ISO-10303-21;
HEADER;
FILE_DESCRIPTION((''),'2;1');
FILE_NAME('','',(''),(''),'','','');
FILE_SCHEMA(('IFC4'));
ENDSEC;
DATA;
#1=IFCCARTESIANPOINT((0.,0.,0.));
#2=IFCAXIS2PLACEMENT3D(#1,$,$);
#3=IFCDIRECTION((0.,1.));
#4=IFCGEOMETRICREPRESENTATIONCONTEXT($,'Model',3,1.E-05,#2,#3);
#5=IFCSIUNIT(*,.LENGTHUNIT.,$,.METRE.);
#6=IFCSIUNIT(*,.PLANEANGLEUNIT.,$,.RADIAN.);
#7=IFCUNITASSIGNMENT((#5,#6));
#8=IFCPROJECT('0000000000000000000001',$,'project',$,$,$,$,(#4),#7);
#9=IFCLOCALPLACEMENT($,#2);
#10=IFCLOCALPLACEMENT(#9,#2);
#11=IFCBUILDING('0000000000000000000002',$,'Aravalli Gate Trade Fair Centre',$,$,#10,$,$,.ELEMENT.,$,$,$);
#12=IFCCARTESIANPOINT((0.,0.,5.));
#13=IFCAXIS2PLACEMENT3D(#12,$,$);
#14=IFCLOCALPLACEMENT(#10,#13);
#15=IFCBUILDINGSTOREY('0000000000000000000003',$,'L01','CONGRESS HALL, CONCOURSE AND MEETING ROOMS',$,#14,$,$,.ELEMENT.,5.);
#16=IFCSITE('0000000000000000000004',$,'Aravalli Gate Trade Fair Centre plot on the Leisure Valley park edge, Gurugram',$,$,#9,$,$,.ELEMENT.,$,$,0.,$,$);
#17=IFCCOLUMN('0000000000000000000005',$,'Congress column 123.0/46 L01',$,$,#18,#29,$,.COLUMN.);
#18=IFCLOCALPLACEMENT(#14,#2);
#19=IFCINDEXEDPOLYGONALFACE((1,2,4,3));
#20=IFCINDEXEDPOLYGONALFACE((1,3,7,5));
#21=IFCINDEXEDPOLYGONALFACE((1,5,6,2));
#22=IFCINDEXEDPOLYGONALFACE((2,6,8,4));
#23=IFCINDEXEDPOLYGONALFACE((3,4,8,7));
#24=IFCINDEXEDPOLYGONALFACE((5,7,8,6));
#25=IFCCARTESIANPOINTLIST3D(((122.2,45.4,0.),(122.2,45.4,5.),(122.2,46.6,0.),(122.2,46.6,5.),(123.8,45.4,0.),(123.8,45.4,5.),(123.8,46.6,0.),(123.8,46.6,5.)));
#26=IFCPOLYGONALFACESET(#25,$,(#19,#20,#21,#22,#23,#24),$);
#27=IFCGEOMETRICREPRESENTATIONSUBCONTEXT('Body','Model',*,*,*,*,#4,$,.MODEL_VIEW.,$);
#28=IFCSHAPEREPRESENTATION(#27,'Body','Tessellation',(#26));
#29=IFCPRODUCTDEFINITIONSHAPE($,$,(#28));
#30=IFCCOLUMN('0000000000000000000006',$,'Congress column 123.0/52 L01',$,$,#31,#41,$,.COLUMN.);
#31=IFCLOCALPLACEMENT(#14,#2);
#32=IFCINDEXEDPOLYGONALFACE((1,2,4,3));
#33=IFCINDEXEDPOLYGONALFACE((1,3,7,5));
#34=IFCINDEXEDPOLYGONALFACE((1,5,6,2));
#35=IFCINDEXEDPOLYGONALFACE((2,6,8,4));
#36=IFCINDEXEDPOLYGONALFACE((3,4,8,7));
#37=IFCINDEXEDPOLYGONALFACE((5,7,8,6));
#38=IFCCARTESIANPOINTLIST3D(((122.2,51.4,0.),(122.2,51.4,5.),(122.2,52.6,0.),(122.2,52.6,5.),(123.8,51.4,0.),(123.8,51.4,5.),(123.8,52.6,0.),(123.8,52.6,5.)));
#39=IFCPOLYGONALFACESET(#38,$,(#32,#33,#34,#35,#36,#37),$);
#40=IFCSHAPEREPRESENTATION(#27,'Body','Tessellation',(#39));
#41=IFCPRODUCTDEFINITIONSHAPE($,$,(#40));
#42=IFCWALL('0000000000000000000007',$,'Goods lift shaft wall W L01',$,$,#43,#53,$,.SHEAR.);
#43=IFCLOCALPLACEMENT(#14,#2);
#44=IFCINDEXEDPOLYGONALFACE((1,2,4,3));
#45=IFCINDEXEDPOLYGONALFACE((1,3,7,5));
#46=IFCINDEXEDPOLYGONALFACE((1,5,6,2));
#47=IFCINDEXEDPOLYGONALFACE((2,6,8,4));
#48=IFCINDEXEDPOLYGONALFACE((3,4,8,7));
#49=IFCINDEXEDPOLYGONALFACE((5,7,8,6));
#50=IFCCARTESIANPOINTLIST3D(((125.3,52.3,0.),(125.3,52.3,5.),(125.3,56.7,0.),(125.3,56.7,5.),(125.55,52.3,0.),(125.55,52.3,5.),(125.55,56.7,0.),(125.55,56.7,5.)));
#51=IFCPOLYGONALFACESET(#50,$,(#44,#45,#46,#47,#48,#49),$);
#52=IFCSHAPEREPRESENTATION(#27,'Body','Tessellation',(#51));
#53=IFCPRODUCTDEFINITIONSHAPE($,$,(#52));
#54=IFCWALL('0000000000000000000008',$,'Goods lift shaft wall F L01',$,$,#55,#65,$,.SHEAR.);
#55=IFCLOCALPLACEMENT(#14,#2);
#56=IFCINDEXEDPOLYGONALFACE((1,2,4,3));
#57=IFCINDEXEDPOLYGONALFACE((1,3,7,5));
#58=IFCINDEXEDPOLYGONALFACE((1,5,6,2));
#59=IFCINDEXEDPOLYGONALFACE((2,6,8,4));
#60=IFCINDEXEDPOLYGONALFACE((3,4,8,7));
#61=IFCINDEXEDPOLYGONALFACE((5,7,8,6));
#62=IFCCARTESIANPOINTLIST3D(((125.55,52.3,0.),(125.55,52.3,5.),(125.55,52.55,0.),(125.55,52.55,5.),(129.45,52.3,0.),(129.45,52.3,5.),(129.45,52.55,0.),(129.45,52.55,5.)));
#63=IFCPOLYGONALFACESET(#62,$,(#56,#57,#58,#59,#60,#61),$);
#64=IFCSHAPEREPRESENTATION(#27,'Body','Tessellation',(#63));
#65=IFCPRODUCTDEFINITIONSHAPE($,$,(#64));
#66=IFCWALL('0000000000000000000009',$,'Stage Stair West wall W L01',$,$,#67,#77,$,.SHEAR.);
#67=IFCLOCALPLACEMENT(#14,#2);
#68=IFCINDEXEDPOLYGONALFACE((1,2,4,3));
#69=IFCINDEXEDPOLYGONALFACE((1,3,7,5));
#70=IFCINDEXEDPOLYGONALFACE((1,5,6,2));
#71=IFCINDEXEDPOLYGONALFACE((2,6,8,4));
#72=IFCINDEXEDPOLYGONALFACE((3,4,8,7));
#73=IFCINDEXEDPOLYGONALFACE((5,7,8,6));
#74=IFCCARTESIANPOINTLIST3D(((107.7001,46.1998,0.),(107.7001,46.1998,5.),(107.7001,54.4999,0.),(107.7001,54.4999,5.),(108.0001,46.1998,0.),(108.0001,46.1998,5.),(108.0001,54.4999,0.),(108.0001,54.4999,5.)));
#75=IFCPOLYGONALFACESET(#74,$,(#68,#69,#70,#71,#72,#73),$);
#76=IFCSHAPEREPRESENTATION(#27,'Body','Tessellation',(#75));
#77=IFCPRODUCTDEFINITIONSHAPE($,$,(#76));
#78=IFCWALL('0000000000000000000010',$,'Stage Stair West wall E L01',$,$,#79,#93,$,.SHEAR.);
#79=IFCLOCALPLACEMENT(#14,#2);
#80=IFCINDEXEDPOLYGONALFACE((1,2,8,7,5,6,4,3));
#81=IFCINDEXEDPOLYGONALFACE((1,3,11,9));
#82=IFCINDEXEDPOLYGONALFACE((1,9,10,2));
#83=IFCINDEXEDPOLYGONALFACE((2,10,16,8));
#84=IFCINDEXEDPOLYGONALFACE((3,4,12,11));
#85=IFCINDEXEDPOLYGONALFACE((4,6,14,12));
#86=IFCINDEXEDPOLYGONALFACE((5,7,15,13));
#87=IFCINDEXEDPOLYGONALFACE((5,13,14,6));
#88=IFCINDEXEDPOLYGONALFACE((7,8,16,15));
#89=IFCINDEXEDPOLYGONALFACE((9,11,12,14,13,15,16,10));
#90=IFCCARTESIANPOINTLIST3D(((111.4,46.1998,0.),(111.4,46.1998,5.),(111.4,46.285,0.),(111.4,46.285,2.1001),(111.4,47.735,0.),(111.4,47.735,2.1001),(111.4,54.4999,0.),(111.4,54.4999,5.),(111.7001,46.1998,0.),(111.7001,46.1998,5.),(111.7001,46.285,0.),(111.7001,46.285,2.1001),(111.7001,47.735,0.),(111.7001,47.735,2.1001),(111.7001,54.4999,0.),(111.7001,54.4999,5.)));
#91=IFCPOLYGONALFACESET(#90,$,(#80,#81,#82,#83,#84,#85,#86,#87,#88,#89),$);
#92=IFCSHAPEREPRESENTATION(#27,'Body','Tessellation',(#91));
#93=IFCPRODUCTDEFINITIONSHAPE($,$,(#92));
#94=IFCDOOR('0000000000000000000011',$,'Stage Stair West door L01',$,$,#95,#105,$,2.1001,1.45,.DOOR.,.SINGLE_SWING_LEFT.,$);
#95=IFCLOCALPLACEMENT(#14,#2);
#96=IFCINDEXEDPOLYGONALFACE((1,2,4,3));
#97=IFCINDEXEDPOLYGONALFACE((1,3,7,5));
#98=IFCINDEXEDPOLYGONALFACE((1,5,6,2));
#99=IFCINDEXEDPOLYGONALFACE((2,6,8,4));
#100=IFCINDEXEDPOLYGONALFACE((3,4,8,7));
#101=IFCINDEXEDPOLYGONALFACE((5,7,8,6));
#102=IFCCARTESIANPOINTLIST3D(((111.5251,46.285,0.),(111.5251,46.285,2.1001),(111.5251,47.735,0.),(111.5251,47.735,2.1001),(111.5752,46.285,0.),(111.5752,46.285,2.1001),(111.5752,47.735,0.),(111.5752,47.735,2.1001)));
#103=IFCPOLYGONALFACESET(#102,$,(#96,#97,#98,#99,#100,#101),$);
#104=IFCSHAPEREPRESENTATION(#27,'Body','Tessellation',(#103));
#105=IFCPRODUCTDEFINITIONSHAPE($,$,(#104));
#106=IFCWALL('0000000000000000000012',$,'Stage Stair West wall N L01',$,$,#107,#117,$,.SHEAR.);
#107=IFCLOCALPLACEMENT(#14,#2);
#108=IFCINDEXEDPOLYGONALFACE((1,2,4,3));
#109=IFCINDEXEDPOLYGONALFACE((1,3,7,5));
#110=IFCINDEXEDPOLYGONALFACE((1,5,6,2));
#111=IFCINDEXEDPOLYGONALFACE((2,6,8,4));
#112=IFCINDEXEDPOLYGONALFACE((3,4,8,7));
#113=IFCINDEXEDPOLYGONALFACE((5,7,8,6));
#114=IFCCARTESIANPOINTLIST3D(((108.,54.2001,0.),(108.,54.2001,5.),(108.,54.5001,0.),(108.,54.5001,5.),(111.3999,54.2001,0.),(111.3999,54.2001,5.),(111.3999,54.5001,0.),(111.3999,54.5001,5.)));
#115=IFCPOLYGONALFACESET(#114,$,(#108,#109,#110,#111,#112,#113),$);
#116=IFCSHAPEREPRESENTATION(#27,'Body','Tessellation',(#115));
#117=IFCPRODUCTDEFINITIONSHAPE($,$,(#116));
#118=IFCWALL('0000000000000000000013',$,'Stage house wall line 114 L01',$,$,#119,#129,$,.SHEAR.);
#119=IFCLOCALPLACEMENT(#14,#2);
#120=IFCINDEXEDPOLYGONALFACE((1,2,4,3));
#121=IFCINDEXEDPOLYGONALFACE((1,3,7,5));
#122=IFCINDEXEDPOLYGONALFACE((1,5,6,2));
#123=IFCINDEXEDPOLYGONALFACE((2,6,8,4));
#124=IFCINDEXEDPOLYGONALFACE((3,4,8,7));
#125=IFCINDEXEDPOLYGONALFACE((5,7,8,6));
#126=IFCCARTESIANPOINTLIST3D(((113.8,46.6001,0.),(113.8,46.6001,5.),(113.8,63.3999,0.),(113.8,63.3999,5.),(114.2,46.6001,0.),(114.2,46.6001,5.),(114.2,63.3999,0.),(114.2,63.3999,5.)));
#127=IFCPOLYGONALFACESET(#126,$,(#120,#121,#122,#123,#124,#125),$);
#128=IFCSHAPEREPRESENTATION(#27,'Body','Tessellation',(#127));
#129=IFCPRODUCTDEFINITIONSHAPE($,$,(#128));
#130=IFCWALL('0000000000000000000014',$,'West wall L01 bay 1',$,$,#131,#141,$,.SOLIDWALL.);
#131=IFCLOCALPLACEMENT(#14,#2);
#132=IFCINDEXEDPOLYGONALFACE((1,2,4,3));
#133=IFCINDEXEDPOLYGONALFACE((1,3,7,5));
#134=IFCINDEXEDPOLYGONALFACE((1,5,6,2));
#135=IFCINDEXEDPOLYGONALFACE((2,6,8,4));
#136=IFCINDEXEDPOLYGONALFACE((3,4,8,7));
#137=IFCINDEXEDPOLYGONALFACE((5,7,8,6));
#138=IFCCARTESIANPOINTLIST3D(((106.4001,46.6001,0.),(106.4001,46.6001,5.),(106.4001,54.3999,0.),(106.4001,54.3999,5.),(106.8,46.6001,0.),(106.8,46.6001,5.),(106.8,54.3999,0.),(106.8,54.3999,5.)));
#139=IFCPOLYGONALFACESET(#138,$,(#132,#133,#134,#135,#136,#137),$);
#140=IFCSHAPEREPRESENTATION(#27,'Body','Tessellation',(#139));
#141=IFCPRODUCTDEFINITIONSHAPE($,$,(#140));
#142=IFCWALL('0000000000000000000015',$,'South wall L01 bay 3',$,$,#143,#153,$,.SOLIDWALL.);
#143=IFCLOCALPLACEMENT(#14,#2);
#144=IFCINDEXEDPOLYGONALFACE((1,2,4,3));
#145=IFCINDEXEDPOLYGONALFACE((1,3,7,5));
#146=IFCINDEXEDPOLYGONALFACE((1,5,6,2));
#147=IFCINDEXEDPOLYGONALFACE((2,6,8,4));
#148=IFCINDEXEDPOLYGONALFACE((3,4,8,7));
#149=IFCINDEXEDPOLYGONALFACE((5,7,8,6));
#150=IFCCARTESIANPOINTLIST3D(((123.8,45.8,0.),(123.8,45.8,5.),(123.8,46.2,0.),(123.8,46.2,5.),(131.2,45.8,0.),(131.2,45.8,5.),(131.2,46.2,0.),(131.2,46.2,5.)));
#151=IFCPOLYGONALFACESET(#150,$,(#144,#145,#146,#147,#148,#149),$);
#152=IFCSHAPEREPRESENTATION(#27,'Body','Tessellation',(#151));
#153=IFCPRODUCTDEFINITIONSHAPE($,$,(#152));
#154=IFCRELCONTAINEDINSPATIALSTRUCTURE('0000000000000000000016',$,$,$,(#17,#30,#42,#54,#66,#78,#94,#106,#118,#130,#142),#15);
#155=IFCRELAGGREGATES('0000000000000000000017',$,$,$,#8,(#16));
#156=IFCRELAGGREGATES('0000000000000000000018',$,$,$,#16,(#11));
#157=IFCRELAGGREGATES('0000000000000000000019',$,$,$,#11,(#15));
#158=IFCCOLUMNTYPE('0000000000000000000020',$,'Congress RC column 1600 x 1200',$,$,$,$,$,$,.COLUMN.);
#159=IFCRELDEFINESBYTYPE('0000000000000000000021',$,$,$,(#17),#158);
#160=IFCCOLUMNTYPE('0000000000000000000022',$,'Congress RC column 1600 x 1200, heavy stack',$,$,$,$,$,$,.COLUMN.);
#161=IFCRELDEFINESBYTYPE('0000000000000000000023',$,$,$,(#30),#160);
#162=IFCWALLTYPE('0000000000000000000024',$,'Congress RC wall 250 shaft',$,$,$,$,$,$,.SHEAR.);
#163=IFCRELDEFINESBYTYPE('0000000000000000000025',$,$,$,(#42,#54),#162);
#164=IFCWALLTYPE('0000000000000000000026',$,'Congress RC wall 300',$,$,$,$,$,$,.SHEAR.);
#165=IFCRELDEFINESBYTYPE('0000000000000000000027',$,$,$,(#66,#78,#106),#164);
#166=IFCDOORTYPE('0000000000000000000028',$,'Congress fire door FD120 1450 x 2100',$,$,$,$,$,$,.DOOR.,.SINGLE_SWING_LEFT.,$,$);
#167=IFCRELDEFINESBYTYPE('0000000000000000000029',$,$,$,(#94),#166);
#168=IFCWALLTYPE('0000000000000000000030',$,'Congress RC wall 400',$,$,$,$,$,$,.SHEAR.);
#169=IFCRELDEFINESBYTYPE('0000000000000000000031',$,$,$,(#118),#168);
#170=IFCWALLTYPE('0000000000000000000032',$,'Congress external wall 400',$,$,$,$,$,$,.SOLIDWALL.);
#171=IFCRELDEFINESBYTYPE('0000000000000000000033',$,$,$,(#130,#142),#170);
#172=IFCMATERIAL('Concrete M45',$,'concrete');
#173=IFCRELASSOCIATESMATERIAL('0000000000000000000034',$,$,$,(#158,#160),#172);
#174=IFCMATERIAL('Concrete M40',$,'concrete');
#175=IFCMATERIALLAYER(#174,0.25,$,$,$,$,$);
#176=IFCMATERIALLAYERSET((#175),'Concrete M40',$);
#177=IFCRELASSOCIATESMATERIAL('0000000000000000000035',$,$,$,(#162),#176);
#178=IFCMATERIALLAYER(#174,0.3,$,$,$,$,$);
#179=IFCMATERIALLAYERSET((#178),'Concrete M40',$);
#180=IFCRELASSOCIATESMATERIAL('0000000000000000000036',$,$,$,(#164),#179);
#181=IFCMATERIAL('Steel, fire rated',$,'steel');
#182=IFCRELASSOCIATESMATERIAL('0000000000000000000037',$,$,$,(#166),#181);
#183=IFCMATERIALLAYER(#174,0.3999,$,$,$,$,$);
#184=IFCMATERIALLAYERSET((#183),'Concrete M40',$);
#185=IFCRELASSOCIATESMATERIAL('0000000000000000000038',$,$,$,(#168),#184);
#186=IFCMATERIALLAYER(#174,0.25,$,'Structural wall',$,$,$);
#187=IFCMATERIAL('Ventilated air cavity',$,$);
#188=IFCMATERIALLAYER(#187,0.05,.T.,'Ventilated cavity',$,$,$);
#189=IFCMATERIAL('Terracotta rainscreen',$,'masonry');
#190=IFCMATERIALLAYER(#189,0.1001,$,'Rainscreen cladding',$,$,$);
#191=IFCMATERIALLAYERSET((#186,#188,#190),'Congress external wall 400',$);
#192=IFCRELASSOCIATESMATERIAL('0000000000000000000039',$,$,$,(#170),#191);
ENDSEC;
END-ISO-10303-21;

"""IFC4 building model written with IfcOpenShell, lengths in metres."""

from ifc_helpers import new_model, si_unit, direction, frame, frame_2d, origin, origin_2d, place, context, subcontext, project, spatial, rectangle, extrude, material, layer, layer_set, material_profile, profile_set, type_object, element, fill, save


model = new_model("IFC4")

# Units and contexts
model_context = context("Model", 3, precision=1e-05, world=origin(), true_north=direction((0.0, 1.0)))
body_context = subcontext(model_context, "Body", "Model", "MODEL_VIEW")
ifc_project = project(units=[si_unit("LENGTHUNIT", "METRE"), si_unit("PLANEANGLEUNIT", "RADIAN")], contexts=[model_context])

# Site, building, storey
site_placement = place(None, origin())
site = spatial("IfcSite", under=ifc_project, at=site_placement, Name="Aravalli Gate Trade Fair Centre plot on the Leisure Valley park edge, Gurugram", CompositionType="ELEMENT", RefElevation=0.0)
building_placement = place(site_placement, origin())
building = spatial("IfcBuilding", under=site, at=building_placement, Name="Aravalli Gate Trade Fair Centre", CompositionType="ELEMENT")
storey_placement = place(building_placement, frame((0.0, 0.0, 5.0)))
storey = spatial("IfcBuildingStorey", under=building, at=storey_placement, Name="L01", Description="CONGRESS HALL, CONCOURSE AND MEETING ROOMS", CompositionType="ELEMENT", Elevation=5.0)

# Columns
ifc_material_1 = material(Name="Concrete M45", Category="concrete")
ifc_material_profile_1 = material_profile(ifc_material_1, rectangle(XDim=1.6001, YDim=1.2, at=origin_2d()), Name="RC 1600x1200")
ifc_profile_set_1 = profile_set([ifc_material_profile_1], Name="Concrete M45")
column_type_1 = type_object("IfcColumnType", Name="Congress RC column 1600 x 1200", PredefinedType="COLUMN", material=ifc_profile_set_1)
column_1_placement = place(storey_placement, frame((123.0, 46.0, 0.0), z_axis=(0.0, 0.0, 1.0), x_axis=(1.0, 0.0, 0.0)))
element("IfcColumn", 1, at=column_1_placement, inside=storey, type_object=column_type_1, Name="Congress column 123.0/46 L01", PredefinedType="COLUMN", context=body_context, shape_type="SweptSolid", body=[
    extrude(rectangle(XDim=1.6001, YDim=1.2, at=origin_2d()), origin(), (0.0, 0.0, 1.0), 5.0),
])
ifc_material_profile_2 = material_profile(ifc_material_1, rectangle(XDim=1.6001, YDim=1.2, at=origin_2d()), Name="RC 1600x1200")
ifc_profile_set_2 = profile_set([ifc_material_profile_2], Name="Concrete M45")
column_type_2 = type_object("IfcColumnType", Name="Congress RC column 1600 x 1200, heavy stack", PredefinedType="COLUMN", material=ifc_profile_set_2)
column_2_placement = place(storey_placement, frame((123.0, 52.0, 0.0), z_axis=(0.0, 0.0, 1.0), x_axis=(1.0, 0.0, 0.0)))
element("IfcColumn", 2, at=column_2_placement, inside=storey, type_object=column_type_2, Name="Congress column 123.0/52 L01", PredefinedType="COLUMN", context=body_context, shape_type="SweptSolid", body=[
    extrude(rectangle(XDim=1.6001, YDim=1.2, at=origin_2d()), origin(), (0.0, 0.0, 1.0), 5.0),
])

# Walls
ifc_material_2 = material(Name="Concrete M40", Category="concrete")
ifc_layer_1 = layer(ifc_material_2, 0.25)
ifc_layer_set_1 = layer_set([ifc_layer_1], Name="Concrete M40")
wall_type_1 = type_object("IfcWallType", Name="Congress RC wall 250 shaft", PredefinedType="SHEAR", material=ifc_layer_set_1)
wall_1_placement = place(storey_placement, frame((125.425, 52.3, 0.0), z_axis=(0.0, 0.0, 1.0), x_axis=(0.0, 1.0, 0.0)))
element("IfcWall", 3, at=wall_1_placement, inside=storey, type_object=wall_type_1, Name="Goods lift shaft wall W L01", PredefinedType="SHEAR", context=body_context, shape_type="SweptSolid", body=[
    extrude(rectangle(XDim=4.3999, YDim=0.25, at=frame_2d((2.2, 0.0))), origin(), (0.0, 0.0, 1.0), 5.0),
])
wall_2_placement = place(storey_placement, frame((125.55, 52.425, 0.0), z_axis=(0.0, 0.0, 1.0), x_axis=(1.0, 0.0, 0.0)))
element("IfcWall", 4, at=wall_2_placement, inside=storey, type_object=wall_type_1, Name="Goods lift shaft wall F L01", PredefinedType="SHEAR", context=body_context, shape_type="SweptSolid", body=[
    extrude(rectangle(XDim=3.8999, YDim=0.25, at=frame_2d((1.95, 0.0))), origin(), (0.0, 0.0, 1.0), 5.0),
])
ifc_layer_2 = layer(ifc_material_2, 0.3)
ifc_layer_set_2 = layer_set([ifc_layer_2], Name="Concrete M40")
wall_type_2 = type_object("IfcWallType", Name="Congress RC wall 300", PredefinedType="SHEAR", material=ifc_layer_set_2)
wall_3_placement = place(storey_placement, frame((107.8501, 46.2, 0.0), z_axis=(0.0, 0.0, 1.0), x_axis=(0.0, 1.0, 0.0)))
element("IfcWall", 5, at=wall_3_placement, inside=storey, type_object=wall_type_2, Name="Stage Stair West wall W L01", PredefinedType="SHEAR", context=body_context, shape_type="SweptSolid", body=[
    extrude(rectangle(XDim=8.3, YDim=0.3, at=frame_2d((4.1499, 0.0))), origin(), (0.0, 0.0, 1.0), 5.0),
])

# Wall, opening, door
wall_4_placement = place(storey_placement, frame((111.55, 46.2, 0.0), z_axis=(0.0, 0.0, 1.0), x_axis=(0.0, 1.0, 0.0)))
wall_4 = element("IfcWall", 6, at=wall_4_placement, inside=storey, type_object=wall_type_2, Name="Stage Stair West wall E L01", PredefinedType="SHEAR", context=body_context, shape_type="SweptSolid", body=[
    extrude(rectangle(XDim=8.3, YDim=0.3, at=frame_2d((4.1499, 0.0))), origin(), (0.0, 0.0, 1.0), 5.0),
])
opening_1_placement = place(wall_4_placement, frame((0.085, 0.0, 0.0)))
opening_1 = element("IfcOpeningElement", 7, at=opening_1_placement, cuts=wall_4, PredefinedType="OPENING", context=body_context, shape_type="SweptSolid", body=[
    extrude(rectangle(XDim=1.45, YDim=2.1001, at=frame_2d((0.7251, 1.05))), frame((0.0, 0.1599, 0.0), z_axis=(0.0, -1.0, 0.0), x_axis=(1.0, 0.0, 0.0)), (0.0, 0.0, 1.0), 0.3201),
])
ifc_material_3 = material(Name="Steel, fire rated", Category="steel")
door_type_1 = type_object("IfcDoorType", Name="Congress fire door FD120 1450 x 2100", OperationType="SINGLE_SWING_LEFT", PredefinedType="DOOR", material=ifc_material_3)
door_1_placement = place(opening_1_placement, origin())
door_1 = element("IfcDoor", 8, at=door_1_placement, inside=storey, type_object=door_type_1, Name="Stage Stair West door L01", OperationType="SINGLE_SWING_LEFT", OverallHeight=2.1001, OverallWidth=1.45, PredefinedType="DOOR", context=body_context, shape_type="SweptSolid", body=[
    extrude(rectangle(XDim=1.45, YDim=2.1001, at=frame_2d((0.7251, 1.05))), frame((0.0, 0.0249, 0.0), z_axis=(0.0, -1.0, 0.0), x_axis=(1.0, 0.0, 0.0)), (0.0, 0.0, 1.0), 0.05),
])
fill(opening_1, door_1)

# Walls
wall_5_placement = place(storey_placement, frame((108.0, 54.3501, 0.0), z_axis=(0.0, 0.0, 1.0), x_axis=(1.0, 0.0, 0.0)))
element("IfcWall", 9, at=wall_5_placement, inside=storey, type_object=wall_type_2, Name="Stage Stair West wall N L01", PredefinedType="SHEAR", context=body_context, shape_type="SweptSolid", body=[
    extrude(rectangle(XDim=3.3999, YDim=0.3, at=frame_2d((1.7, 0.0))), origin(), (0.0, 0.0, 1.0), 5.0),
])
ifc_layer_3 = layer(ifc_material_2, 0.3999)
ifc_layer_set_3 = layer_set([ifc_layer_3], Name="Concrete M40")
wall_type_3 = type_object("IfcWallType", Name="Congress RC wall 400", PredefinedType="SHEAR", material=ifc_layer_set_3)
wall_6_placement = place(storey_placement, frame((114.0, 46.6001, 0.0), z_axis=(0.0, 0.0, 1.0), x_axis=(0.0, 1.0, 0.0)))
element("IfcWall", 10, at=wall_6_placement, inside=storey, type_object=wall_type_3, Name="Stage house wall line 114 L01", PredefinedType="SHEAR", context=body_context, shape_type="SweptSolid", body=[
    extrude(rectangle(XDim=16.7998, YDim=0.3999, at=frame_2d((8.3999, 0.0))), origin(), (0.0, 0.0, 1.0), 5.0),
])
ifc_layer_4 = layer(ifc_material_2, 0.25, Name="Structural wall")
ifc_material_4 = material(Name="Ventilated air cavity")
ifc_layer_5 = layer(ifc_material_4, 0.05, ventilated=True, Name="Ventilated cavity")
ifc_material_5 = material(Name="Terracotta rainscreen", Category="masonry")
ifc_layer_6 = layer(ifc_material_5, 0.1001, Name="Rainscreen cladding")
ifc_layer_set_4 = layer_set([ifc_layer_4, ifc_layer_5, ifc_layer_6], Name="Congress external wall 400")
wall_type_4 = type_object("IfcWallType", Name="Congress external wall 400", PredefinedType="SOLIDWALL", material=ifc_layer_set_4)
wall_7_placement = place(storey_placement, frame((106.6001, 46.6001, 0.0), z_axis=(0.0, 0.0, 1.0), x_axis=(0.0, 1.0, 0.0)))
element("IfcWall", 11, at=wall_7_placement, inside=storey, type_object=wall_type_4, Name="West wall L01 bay 1", PredefinedType="SOLIDWALL", context=body_context, shape_type="SweptSolid", body=[
    extrude(rectangle(XDim=7.7998, YDim=0.3999, at=frame_2d((3.8999, 0.0))), origin(), (0.0, 0.0, 1.0), 5.0),
])
wall_8_placement = place(storey_placement, frame((123.8, 46.0, 0.0), z_axis=(0.0, 0.0, 1.0), x_axis=(1.0, 0.0, 0.0)))
element("IfcWall", 12, at=wall_8_placement, inside=storey, type_object=wall_type_4, Name="South wall L01 bay 3", PredefinedType="SOLIDWALL", context=body_context, shape_type="SweptSolid", body=[
    extrude(rectangle(XDim=7.3999, YDim=0.3999, at=frame_2d((3.7, 0.0))), origin(), (0.0, 0.0, 1.0), 5.0),
])

save(model, "model.ifc")
